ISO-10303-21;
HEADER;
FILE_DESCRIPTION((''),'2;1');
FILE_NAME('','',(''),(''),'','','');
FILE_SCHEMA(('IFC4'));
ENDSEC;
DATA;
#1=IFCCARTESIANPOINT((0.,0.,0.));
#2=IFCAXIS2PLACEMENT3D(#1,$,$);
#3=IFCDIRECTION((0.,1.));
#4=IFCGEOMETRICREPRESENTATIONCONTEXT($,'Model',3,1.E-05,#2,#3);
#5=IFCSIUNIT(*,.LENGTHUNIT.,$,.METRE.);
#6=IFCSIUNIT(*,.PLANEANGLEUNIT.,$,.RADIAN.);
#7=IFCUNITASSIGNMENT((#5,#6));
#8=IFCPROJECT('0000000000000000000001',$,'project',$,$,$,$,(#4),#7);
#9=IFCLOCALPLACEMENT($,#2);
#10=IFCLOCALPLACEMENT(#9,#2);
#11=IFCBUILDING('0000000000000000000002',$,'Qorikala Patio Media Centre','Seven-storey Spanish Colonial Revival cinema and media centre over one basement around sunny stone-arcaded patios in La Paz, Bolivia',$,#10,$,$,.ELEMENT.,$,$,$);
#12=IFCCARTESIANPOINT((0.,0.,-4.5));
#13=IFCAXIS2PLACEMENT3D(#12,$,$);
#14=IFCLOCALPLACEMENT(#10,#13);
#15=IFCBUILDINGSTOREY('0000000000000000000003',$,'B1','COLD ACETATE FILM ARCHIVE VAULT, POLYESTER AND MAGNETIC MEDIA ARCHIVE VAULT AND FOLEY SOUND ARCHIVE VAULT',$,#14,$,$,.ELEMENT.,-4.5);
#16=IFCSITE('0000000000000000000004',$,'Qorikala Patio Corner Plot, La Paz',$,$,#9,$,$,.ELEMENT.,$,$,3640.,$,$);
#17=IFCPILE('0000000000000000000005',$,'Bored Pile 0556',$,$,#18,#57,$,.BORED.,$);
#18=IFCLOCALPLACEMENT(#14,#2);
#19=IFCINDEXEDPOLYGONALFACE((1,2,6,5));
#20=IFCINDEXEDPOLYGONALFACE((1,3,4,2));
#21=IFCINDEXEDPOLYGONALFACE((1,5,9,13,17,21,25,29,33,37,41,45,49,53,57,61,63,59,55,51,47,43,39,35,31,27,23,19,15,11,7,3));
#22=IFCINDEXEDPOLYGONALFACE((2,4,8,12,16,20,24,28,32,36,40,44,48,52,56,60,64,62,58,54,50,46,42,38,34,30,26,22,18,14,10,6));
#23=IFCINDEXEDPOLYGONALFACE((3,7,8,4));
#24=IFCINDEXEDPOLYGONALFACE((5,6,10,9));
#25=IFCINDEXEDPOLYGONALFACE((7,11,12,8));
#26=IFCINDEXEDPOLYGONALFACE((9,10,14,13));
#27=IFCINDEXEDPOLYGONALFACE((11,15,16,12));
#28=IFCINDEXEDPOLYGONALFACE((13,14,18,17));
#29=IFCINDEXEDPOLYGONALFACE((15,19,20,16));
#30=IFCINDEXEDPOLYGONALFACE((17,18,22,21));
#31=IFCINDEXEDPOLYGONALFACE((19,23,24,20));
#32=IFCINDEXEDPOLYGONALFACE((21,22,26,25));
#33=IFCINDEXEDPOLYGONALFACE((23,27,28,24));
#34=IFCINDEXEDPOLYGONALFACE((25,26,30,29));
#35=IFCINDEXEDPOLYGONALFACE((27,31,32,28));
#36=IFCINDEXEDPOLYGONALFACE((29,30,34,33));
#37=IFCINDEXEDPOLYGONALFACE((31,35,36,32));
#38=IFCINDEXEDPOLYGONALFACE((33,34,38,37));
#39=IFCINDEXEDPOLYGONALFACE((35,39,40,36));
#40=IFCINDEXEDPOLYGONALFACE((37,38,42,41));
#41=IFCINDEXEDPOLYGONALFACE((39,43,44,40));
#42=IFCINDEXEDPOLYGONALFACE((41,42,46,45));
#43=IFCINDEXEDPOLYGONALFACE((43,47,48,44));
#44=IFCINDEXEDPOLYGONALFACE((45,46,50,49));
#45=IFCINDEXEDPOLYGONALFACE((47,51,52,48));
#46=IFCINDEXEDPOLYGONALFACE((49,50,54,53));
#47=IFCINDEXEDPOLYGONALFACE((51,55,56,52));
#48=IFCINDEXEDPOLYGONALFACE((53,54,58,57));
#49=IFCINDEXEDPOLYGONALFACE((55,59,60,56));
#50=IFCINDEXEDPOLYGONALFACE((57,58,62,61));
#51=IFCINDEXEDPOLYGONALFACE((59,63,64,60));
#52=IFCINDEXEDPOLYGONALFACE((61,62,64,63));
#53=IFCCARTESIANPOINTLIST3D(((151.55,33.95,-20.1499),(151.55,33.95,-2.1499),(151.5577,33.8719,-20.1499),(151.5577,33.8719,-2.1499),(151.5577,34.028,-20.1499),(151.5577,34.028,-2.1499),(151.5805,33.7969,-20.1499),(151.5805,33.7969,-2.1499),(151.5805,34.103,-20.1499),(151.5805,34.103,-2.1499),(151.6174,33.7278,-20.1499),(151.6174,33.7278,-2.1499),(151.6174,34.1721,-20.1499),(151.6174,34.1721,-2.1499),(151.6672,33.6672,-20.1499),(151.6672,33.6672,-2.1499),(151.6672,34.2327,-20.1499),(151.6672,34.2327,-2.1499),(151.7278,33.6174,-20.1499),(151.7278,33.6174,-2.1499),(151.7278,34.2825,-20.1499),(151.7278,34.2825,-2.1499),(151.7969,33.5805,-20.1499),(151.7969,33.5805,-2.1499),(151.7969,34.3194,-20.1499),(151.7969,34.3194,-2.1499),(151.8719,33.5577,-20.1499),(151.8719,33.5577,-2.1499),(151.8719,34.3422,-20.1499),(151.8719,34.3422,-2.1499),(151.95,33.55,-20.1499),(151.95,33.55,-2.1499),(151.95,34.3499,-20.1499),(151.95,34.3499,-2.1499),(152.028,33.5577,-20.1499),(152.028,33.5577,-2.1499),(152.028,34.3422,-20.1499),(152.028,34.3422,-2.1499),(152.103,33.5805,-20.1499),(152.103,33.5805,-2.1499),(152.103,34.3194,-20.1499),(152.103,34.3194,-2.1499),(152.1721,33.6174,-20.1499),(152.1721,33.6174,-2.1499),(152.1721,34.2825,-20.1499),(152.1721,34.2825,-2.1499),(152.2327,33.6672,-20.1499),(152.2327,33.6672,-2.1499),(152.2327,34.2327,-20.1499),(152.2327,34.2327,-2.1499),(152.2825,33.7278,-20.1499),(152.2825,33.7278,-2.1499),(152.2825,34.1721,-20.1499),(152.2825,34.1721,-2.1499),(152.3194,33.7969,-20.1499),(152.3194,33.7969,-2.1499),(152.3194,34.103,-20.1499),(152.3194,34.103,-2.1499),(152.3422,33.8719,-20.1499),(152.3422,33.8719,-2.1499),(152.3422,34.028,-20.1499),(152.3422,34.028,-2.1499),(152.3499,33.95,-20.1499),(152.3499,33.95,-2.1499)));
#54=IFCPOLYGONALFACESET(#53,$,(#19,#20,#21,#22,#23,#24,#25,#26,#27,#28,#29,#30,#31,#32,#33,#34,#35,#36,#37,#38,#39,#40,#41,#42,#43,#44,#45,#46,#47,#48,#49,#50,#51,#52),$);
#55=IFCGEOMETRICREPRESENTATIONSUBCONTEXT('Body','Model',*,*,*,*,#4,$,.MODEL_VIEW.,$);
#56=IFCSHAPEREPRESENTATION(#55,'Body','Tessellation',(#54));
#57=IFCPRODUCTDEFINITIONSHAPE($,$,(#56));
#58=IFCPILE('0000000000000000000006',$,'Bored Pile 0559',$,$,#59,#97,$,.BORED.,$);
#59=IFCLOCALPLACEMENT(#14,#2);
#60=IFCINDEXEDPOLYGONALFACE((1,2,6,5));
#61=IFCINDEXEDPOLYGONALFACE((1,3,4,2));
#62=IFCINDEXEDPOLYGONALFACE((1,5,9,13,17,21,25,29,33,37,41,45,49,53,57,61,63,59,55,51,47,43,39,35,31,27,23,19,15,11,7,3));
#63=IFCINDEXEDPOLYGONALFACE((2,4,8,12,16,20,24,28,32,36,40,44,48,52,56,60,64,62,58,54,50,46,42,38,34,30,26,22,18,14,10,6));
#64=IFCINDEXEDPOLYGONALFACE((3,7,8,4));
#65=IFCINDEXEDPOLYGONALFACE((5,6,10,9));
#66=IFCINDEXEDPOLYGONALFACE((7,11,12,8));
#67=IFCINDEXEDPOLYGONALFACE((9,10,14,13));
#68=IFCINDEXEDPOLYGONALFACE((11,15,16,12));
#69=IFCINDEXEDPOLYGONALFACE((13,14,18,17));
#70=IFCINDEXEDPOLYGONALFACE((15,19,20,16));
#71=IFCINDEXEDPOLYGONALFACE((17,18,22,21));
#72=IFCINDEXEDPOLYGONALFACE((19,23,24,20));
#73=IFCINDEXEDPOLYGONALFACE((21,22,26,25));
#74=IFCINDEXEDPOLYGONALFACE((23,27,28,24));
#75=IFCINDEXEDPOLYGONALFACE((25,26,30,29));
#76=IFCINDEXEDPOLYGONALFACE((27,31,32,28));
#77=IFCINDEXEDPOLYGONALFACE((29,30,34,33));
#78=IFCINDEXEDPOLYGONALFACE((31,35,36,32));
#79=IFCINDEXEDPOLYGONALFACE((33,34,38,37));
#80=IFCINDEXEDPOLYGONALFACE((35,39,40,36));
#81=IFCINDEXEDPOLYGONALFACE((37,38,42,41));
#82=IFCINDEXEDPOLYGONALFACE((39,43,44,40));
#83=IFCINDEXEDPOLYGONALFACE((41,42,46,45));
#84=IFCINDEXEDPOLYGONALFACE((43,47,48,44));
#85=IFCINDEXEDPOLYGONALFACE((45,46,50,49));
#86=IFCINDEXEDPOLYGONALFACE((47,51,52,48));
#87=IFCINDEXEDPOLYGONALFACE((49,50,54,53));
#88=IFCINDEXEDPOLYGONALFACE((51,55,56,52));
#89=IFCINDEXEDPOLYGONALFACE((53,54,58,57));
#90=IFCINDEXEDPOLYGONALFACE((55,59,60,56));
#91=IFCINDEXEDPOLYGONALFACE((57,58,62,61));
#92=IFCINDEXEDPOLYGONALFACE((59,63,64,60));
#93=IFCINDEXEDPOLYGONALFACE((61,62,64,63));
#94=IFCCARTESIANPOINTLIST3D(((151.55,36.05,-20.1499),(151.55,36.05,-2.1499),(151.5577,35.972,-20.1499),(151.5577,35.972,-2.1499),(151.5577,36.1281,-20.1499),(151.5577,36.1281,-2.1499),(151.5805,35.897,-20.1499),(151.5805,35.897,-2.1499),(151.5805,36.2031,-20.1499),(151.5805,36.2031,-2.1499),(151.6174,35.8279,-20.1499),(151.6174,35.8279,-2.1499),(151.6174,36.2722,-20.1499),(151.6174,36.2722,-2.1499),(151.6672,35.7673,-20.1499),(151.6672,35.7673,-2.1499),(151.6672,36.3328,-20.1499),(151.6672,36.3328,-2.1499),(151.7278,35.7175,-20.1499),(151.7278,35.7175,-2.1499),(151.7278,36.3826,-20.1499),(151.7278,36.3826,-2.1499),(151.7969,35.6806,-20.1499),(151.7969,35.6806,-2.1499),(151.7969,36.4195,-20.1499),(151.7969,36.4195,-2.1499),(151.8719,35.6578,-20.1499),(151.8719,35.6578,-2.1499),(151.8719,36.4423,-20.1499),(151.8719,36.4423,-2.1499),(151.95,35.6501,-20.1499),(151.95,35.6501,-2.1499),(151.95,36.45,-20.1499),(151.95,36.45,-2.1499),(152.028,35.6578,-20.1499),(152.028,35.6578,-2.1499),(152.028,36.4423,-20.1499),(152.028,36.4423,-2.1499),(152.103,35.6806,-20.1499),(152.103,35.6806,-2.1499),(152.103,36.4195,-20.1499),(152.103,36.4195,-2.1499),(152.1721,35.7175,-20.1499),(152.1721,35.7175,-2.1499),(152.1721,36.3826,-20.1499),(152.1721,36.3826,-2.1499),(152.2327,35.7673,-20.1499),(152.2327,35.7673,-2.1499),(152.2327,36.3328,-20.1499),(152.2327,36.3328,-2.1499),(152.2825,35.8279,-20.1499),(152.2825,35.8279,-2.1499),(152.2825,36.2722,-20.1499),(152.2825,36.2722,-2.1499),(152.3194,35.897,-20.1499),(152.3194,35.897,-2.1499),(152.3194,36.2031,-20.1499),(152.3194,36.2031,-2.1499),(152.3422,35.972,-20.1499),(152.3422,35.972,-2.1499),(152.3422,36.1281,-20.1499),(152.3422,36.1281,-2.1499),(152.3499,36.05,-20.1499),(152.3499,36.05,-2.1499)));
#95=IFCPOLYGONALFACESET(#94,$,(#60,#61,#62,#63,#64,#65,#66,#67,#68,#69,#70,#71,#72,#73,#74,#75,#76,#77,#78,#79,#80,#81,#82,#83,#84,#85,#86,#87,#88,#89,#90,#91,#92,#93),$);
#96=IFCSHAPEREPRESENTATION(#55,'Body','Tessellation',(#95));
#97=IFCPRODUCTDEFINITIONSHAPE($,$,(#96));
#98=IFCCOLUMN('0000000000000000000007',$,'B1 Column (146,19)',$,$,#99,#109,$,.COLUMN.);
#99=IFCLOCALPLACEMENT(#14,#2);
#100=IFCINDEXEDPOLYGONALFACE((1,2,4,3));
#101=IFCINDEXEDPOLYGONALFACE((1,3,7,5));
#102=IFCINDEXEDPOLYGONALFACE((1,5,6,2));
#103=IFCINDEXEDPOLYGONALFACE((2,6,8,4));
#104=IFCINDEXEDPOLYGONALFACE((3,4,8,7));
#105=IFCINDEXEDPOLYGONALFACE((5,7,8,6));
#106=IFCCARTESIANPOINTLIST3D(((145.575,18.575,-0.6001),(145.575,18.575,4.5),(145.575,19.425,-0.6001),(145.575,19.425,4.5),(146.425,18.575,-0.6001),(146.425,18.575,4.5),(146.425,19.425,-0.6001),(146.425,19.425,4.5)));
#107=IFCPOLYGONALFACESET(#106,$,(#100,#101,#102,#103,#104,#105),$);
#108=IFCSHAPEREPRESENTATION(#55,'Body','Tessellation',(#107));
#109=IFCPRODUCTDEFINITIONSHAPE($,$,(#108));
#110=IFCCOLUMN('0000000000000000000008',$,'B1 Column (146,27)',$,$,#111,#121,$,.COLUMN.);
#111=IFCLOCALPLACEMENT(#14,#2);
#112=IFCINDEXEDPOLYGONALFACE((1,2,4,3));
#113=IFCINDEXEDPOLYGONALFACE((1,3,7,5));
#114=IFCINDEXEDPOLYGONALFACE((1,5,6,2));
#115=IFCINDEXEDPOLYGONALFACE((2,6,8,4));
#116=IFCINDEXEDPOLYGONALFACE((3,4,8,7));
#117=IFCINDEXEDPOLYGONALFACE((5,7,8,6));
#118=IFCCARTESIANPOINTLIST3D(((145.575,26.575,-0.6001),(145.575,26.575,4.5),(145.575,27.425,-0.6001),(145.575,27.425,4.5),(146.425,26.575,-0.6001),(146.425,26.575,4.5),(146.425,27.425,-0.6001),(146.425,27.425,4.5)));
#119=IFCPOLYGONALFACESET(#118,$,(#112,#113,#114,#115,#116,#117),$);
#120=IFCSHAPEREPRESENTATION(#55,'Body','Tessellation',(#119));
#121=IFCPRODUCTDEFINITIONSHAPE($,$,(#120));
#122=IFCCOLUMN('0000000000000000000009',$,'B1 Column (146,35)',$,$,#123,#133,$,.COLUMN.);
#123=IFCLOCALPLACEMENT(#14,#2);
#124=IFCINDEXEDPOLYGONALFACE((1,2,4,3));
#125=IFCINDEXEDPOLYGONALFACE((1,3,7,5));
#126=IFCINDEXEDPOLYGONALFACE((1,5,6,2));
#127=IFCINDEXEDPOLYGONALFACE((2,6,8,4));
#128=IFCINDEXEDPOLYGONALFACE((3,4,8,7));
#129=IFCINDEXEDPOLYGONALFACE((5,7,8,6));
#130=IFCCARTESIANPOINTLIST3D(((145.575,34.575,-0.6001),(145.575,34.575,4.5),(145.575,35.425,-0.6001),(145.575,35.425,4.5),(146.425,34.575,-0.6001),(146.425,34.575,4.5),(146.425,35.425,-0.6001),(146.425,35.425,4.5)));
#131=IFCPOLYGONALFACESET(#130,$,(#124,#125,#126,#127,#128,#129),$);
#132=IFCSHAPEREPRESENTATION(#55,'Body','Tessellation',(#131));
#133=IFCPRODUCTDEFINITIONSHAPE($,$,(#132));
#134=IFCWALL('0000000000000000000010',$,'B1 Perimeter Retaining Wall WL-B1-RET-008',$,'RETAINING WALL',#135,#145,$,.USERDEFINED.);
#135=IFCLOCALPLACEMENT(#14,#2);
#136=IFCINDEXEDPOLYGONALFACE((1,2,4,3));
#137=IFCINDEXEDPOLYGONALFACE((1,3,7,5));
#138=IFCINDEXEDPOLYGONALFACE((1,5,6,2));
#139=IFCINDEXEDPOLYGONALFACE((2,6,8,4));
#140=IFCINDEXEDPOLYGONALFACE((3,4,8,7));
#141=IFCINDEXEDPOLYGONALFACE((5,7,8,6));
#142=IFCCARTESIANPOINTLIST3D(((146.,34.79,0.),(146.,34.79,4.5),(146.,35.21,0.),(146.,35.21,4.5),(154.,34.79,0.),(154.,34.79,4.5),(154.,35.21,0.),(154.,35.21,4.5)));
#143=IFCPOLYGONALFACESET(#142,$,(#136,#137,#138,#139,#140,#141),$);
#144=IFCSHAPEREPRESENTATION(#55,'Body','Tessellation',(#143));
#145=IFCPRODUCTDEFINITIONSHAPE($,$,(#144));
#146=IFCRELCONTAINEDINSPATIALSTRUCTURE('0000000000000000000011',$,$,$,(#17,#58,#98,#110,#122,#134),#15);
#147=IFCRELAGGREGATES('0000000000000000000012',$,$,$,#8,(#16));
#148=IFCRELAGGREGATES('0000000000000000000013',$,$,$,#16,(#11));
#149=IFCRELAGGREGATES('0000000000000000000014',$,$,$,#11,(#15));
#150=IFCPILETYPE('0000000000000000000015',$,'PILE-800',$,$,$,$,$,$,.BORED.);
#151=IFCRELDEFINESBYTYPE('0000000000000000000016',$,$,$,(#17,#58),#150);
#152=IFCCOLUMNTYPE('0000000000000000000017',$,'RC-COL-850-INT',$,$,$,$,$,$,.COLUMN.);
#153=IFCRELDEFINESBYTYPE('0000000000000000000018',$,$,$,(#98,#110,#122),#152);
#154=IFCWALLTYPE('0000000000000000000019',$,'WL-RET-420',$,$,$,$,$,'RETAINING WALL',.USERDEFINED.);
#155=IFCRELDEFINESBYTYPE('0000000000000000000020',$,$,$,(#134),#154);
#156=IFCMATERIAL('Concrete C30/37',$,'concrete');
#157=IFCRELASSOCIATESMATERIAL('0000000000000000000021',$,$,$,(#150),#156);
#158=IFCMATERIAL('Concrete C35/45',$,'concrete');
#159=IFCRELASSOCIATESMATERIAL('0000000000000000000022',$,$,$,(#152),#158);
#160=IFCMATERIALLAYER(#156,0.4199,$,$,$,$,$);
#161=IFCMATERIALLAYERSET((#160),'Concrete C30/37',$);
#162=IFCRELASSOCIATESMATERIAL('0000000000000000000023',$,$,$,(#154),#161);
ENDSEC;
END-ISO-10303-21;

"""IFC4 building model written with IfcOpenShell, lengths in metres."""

from ifc_helpers import new_model, si_unit, direction, frame, frame_2d, origin, origin_2d, place, context, subcontext, project, spatial, rectangle, circle, extrude, material, layer, layer_set, material_profile, profile_set, type_object, element, save


model = new_model("IFC4")

# Units and contexts
model_context = context("Model", 3, precision=1e-05, world=origin(), true_north=direction((0.0, 1.0)))
body_context = subcontext(model_context, "Body", "Model", "MODEL_VIEW")
ifc_project = project(units=[si_unit("LENGTHUNIT", "METRE"), si_unit("PLANEANGLEUNIT", "RADIAN")], contexts=[model_context])

# Site, building, storey
site_placement = place(None, origin())
site = spatial("IfcSite", under=ifc_project, at=site_placement, Name="Qorikala Patio Corner Plot, La Paz", CompositionType="ELEMENT", RefElevation=3640.0)
building_placement = place(site_placement, origin())
building = spatial("IfcBuilding", under=site, at=building_placement, Name="Qorikala Patio Media Centre", Description="Seven-storey Spanish Colonial Revival cinema and media centre over one basement around sunny stone-arcaded patios in La Paz, Bolivia", CompositionType="ELEMENT")
storey_placement = place(building_placement, frame((0.0, 0.0, -4.5)))
storey = spatial("IfcBuildingStorey", under=building, at=storey_placement, Name="B1", Description="COLD ACETATE FILM ARCHIVE VAULT, POLYESTER AND MAGNETIC MEDIA ARCHIVE VAULT AND FOLEY SOUND ARCHIVE VAULT", CompositionType="ELEMENT", Elevation=-4.5)

# Shared definitions
ifc_material_1 = material(Name="Concrete C30/37", Category="concrete")

# Piles
ifc_material_profile_1 = material_profile(ifc_material_1, circle(Radius=0.3999, at=origin_2d()), Name="BORED PILE 800")
ifc_profile_set_1 = profile_set([ifc_material_profile_1], Name="Concrete C30/37")
pile_type_1 = type_object("IfcPileType", Name="PILE-800", PredefinedType="BORED", material=ifc_profile_set_1)
for number, where, z_axis, x_axis, name in (
    (1, (151.95, 33.95, -2.1499), (0.0, 0.0, -1.0), (1.0, 0.0, 0.0), "Bored Pile 0556"),
    (2, (151.95, 36.05, -2.1499), (0.0, 0.0, -1.0), (1.0, 0.0, 0.0), "Bored Pile 0559"),
):
    element("IfcPile", number, at=place(storey_placement, frame(where, z_axis=z_axis, x_axis=x_axis)), inside=storey, type_object=pile_type_1, Name=name, PredefinedType="BORED", context=body_context, shape_type="SweptSolid", body=[
        extrude(circle(Radius=0.3999, at=origin_2d()), origin(), (0.0, 0.0, 1.0), 18.0),
    ])

# Columns
ifc_material_2 = material(Name="Concrete C35/45", Category="concrete")
ifc_material_profile_2 = material_profile(ifc_material_2, rectangle(XDim=0.8501, YDim=0.8501, at=origin_2d()), Name="RC 850x850")
ifc_profile_set_2 = profile_set([ifc_material_profile_2], Name="Concrete C35/45")
column_type = type_object("IfcColumnType", Name="RC-COL-850-INT", PredefinedType="COLUMN", material=ifc_profile_set_2)
for number, where, z_axis, x_axis, name in (
    (3, (146.0, 19.0, -0.6001), (0.0, 0.0, 1.0), (1.0, 0.0, 0.0), "B1 Column (146,19)"),
    (4, (146.0, 27.0, -0.6001), (0.0, 0.0, 1.0), (1.0, 0.0, 0.0), "B1 Column (146,27)"),
    (5, (146.0, 35.0, -0.6001), (0.0, 0.0, 1.0), (1.0, 0.0, 0.0), "B1 Column (146,35)"),
):
    element("IfcColumn", number, at=place(storey_placement, frame(where, z_axis=z_axis, x_axis=x_axis)), inside=storey, type_object=column_type, Name=name, PredefinedType="COLUMN", context=body_context, shape_type="SweptSolid", body=[
        extrude(rectangle(XDim=0.8501, YDim=0.8501, at=origin_2d()), origin(), (0.0, 0.0, 1.0), 5.1001),
    ])

# Wall
ifc_layer_1 = layer(ifc_material_1, 0.4199)
ifc_layer_set_1 = layer_set([ifc_layer_1], Name="Concrete C30/37")
wall_type = type_object("IfcWallType", Name="WL-RET-420", ElementType="RETAINING WALL", PredefinedType="USERDEFINED", material=ifc_layer_set_1)
wall_placement = place(storey_placement, frame((146.0, 35.0, 0.0), z_axis=(0.0, 0.0, 1.0), x_axis=(1.0, 0.0, 0.0)))
element("IfcWall", 6, at=wall_placement, inside=storey, type_object=wall_type, Name="B1 Perimeter Retaining Wall WL-B1-RET-008", ObjectType="RETAINING WALL", PredefinedType="USERDEFINED", context=body_context, shape_type="SweptSolid", body=[
    extrude(rectangle(XDim=8.0, YDim=0.4199, at=frame_2d((4.0, 0.0))), origin(), (0.0, 0.0, 1.0), 4.5),
])

save(model, "model.ifc")
